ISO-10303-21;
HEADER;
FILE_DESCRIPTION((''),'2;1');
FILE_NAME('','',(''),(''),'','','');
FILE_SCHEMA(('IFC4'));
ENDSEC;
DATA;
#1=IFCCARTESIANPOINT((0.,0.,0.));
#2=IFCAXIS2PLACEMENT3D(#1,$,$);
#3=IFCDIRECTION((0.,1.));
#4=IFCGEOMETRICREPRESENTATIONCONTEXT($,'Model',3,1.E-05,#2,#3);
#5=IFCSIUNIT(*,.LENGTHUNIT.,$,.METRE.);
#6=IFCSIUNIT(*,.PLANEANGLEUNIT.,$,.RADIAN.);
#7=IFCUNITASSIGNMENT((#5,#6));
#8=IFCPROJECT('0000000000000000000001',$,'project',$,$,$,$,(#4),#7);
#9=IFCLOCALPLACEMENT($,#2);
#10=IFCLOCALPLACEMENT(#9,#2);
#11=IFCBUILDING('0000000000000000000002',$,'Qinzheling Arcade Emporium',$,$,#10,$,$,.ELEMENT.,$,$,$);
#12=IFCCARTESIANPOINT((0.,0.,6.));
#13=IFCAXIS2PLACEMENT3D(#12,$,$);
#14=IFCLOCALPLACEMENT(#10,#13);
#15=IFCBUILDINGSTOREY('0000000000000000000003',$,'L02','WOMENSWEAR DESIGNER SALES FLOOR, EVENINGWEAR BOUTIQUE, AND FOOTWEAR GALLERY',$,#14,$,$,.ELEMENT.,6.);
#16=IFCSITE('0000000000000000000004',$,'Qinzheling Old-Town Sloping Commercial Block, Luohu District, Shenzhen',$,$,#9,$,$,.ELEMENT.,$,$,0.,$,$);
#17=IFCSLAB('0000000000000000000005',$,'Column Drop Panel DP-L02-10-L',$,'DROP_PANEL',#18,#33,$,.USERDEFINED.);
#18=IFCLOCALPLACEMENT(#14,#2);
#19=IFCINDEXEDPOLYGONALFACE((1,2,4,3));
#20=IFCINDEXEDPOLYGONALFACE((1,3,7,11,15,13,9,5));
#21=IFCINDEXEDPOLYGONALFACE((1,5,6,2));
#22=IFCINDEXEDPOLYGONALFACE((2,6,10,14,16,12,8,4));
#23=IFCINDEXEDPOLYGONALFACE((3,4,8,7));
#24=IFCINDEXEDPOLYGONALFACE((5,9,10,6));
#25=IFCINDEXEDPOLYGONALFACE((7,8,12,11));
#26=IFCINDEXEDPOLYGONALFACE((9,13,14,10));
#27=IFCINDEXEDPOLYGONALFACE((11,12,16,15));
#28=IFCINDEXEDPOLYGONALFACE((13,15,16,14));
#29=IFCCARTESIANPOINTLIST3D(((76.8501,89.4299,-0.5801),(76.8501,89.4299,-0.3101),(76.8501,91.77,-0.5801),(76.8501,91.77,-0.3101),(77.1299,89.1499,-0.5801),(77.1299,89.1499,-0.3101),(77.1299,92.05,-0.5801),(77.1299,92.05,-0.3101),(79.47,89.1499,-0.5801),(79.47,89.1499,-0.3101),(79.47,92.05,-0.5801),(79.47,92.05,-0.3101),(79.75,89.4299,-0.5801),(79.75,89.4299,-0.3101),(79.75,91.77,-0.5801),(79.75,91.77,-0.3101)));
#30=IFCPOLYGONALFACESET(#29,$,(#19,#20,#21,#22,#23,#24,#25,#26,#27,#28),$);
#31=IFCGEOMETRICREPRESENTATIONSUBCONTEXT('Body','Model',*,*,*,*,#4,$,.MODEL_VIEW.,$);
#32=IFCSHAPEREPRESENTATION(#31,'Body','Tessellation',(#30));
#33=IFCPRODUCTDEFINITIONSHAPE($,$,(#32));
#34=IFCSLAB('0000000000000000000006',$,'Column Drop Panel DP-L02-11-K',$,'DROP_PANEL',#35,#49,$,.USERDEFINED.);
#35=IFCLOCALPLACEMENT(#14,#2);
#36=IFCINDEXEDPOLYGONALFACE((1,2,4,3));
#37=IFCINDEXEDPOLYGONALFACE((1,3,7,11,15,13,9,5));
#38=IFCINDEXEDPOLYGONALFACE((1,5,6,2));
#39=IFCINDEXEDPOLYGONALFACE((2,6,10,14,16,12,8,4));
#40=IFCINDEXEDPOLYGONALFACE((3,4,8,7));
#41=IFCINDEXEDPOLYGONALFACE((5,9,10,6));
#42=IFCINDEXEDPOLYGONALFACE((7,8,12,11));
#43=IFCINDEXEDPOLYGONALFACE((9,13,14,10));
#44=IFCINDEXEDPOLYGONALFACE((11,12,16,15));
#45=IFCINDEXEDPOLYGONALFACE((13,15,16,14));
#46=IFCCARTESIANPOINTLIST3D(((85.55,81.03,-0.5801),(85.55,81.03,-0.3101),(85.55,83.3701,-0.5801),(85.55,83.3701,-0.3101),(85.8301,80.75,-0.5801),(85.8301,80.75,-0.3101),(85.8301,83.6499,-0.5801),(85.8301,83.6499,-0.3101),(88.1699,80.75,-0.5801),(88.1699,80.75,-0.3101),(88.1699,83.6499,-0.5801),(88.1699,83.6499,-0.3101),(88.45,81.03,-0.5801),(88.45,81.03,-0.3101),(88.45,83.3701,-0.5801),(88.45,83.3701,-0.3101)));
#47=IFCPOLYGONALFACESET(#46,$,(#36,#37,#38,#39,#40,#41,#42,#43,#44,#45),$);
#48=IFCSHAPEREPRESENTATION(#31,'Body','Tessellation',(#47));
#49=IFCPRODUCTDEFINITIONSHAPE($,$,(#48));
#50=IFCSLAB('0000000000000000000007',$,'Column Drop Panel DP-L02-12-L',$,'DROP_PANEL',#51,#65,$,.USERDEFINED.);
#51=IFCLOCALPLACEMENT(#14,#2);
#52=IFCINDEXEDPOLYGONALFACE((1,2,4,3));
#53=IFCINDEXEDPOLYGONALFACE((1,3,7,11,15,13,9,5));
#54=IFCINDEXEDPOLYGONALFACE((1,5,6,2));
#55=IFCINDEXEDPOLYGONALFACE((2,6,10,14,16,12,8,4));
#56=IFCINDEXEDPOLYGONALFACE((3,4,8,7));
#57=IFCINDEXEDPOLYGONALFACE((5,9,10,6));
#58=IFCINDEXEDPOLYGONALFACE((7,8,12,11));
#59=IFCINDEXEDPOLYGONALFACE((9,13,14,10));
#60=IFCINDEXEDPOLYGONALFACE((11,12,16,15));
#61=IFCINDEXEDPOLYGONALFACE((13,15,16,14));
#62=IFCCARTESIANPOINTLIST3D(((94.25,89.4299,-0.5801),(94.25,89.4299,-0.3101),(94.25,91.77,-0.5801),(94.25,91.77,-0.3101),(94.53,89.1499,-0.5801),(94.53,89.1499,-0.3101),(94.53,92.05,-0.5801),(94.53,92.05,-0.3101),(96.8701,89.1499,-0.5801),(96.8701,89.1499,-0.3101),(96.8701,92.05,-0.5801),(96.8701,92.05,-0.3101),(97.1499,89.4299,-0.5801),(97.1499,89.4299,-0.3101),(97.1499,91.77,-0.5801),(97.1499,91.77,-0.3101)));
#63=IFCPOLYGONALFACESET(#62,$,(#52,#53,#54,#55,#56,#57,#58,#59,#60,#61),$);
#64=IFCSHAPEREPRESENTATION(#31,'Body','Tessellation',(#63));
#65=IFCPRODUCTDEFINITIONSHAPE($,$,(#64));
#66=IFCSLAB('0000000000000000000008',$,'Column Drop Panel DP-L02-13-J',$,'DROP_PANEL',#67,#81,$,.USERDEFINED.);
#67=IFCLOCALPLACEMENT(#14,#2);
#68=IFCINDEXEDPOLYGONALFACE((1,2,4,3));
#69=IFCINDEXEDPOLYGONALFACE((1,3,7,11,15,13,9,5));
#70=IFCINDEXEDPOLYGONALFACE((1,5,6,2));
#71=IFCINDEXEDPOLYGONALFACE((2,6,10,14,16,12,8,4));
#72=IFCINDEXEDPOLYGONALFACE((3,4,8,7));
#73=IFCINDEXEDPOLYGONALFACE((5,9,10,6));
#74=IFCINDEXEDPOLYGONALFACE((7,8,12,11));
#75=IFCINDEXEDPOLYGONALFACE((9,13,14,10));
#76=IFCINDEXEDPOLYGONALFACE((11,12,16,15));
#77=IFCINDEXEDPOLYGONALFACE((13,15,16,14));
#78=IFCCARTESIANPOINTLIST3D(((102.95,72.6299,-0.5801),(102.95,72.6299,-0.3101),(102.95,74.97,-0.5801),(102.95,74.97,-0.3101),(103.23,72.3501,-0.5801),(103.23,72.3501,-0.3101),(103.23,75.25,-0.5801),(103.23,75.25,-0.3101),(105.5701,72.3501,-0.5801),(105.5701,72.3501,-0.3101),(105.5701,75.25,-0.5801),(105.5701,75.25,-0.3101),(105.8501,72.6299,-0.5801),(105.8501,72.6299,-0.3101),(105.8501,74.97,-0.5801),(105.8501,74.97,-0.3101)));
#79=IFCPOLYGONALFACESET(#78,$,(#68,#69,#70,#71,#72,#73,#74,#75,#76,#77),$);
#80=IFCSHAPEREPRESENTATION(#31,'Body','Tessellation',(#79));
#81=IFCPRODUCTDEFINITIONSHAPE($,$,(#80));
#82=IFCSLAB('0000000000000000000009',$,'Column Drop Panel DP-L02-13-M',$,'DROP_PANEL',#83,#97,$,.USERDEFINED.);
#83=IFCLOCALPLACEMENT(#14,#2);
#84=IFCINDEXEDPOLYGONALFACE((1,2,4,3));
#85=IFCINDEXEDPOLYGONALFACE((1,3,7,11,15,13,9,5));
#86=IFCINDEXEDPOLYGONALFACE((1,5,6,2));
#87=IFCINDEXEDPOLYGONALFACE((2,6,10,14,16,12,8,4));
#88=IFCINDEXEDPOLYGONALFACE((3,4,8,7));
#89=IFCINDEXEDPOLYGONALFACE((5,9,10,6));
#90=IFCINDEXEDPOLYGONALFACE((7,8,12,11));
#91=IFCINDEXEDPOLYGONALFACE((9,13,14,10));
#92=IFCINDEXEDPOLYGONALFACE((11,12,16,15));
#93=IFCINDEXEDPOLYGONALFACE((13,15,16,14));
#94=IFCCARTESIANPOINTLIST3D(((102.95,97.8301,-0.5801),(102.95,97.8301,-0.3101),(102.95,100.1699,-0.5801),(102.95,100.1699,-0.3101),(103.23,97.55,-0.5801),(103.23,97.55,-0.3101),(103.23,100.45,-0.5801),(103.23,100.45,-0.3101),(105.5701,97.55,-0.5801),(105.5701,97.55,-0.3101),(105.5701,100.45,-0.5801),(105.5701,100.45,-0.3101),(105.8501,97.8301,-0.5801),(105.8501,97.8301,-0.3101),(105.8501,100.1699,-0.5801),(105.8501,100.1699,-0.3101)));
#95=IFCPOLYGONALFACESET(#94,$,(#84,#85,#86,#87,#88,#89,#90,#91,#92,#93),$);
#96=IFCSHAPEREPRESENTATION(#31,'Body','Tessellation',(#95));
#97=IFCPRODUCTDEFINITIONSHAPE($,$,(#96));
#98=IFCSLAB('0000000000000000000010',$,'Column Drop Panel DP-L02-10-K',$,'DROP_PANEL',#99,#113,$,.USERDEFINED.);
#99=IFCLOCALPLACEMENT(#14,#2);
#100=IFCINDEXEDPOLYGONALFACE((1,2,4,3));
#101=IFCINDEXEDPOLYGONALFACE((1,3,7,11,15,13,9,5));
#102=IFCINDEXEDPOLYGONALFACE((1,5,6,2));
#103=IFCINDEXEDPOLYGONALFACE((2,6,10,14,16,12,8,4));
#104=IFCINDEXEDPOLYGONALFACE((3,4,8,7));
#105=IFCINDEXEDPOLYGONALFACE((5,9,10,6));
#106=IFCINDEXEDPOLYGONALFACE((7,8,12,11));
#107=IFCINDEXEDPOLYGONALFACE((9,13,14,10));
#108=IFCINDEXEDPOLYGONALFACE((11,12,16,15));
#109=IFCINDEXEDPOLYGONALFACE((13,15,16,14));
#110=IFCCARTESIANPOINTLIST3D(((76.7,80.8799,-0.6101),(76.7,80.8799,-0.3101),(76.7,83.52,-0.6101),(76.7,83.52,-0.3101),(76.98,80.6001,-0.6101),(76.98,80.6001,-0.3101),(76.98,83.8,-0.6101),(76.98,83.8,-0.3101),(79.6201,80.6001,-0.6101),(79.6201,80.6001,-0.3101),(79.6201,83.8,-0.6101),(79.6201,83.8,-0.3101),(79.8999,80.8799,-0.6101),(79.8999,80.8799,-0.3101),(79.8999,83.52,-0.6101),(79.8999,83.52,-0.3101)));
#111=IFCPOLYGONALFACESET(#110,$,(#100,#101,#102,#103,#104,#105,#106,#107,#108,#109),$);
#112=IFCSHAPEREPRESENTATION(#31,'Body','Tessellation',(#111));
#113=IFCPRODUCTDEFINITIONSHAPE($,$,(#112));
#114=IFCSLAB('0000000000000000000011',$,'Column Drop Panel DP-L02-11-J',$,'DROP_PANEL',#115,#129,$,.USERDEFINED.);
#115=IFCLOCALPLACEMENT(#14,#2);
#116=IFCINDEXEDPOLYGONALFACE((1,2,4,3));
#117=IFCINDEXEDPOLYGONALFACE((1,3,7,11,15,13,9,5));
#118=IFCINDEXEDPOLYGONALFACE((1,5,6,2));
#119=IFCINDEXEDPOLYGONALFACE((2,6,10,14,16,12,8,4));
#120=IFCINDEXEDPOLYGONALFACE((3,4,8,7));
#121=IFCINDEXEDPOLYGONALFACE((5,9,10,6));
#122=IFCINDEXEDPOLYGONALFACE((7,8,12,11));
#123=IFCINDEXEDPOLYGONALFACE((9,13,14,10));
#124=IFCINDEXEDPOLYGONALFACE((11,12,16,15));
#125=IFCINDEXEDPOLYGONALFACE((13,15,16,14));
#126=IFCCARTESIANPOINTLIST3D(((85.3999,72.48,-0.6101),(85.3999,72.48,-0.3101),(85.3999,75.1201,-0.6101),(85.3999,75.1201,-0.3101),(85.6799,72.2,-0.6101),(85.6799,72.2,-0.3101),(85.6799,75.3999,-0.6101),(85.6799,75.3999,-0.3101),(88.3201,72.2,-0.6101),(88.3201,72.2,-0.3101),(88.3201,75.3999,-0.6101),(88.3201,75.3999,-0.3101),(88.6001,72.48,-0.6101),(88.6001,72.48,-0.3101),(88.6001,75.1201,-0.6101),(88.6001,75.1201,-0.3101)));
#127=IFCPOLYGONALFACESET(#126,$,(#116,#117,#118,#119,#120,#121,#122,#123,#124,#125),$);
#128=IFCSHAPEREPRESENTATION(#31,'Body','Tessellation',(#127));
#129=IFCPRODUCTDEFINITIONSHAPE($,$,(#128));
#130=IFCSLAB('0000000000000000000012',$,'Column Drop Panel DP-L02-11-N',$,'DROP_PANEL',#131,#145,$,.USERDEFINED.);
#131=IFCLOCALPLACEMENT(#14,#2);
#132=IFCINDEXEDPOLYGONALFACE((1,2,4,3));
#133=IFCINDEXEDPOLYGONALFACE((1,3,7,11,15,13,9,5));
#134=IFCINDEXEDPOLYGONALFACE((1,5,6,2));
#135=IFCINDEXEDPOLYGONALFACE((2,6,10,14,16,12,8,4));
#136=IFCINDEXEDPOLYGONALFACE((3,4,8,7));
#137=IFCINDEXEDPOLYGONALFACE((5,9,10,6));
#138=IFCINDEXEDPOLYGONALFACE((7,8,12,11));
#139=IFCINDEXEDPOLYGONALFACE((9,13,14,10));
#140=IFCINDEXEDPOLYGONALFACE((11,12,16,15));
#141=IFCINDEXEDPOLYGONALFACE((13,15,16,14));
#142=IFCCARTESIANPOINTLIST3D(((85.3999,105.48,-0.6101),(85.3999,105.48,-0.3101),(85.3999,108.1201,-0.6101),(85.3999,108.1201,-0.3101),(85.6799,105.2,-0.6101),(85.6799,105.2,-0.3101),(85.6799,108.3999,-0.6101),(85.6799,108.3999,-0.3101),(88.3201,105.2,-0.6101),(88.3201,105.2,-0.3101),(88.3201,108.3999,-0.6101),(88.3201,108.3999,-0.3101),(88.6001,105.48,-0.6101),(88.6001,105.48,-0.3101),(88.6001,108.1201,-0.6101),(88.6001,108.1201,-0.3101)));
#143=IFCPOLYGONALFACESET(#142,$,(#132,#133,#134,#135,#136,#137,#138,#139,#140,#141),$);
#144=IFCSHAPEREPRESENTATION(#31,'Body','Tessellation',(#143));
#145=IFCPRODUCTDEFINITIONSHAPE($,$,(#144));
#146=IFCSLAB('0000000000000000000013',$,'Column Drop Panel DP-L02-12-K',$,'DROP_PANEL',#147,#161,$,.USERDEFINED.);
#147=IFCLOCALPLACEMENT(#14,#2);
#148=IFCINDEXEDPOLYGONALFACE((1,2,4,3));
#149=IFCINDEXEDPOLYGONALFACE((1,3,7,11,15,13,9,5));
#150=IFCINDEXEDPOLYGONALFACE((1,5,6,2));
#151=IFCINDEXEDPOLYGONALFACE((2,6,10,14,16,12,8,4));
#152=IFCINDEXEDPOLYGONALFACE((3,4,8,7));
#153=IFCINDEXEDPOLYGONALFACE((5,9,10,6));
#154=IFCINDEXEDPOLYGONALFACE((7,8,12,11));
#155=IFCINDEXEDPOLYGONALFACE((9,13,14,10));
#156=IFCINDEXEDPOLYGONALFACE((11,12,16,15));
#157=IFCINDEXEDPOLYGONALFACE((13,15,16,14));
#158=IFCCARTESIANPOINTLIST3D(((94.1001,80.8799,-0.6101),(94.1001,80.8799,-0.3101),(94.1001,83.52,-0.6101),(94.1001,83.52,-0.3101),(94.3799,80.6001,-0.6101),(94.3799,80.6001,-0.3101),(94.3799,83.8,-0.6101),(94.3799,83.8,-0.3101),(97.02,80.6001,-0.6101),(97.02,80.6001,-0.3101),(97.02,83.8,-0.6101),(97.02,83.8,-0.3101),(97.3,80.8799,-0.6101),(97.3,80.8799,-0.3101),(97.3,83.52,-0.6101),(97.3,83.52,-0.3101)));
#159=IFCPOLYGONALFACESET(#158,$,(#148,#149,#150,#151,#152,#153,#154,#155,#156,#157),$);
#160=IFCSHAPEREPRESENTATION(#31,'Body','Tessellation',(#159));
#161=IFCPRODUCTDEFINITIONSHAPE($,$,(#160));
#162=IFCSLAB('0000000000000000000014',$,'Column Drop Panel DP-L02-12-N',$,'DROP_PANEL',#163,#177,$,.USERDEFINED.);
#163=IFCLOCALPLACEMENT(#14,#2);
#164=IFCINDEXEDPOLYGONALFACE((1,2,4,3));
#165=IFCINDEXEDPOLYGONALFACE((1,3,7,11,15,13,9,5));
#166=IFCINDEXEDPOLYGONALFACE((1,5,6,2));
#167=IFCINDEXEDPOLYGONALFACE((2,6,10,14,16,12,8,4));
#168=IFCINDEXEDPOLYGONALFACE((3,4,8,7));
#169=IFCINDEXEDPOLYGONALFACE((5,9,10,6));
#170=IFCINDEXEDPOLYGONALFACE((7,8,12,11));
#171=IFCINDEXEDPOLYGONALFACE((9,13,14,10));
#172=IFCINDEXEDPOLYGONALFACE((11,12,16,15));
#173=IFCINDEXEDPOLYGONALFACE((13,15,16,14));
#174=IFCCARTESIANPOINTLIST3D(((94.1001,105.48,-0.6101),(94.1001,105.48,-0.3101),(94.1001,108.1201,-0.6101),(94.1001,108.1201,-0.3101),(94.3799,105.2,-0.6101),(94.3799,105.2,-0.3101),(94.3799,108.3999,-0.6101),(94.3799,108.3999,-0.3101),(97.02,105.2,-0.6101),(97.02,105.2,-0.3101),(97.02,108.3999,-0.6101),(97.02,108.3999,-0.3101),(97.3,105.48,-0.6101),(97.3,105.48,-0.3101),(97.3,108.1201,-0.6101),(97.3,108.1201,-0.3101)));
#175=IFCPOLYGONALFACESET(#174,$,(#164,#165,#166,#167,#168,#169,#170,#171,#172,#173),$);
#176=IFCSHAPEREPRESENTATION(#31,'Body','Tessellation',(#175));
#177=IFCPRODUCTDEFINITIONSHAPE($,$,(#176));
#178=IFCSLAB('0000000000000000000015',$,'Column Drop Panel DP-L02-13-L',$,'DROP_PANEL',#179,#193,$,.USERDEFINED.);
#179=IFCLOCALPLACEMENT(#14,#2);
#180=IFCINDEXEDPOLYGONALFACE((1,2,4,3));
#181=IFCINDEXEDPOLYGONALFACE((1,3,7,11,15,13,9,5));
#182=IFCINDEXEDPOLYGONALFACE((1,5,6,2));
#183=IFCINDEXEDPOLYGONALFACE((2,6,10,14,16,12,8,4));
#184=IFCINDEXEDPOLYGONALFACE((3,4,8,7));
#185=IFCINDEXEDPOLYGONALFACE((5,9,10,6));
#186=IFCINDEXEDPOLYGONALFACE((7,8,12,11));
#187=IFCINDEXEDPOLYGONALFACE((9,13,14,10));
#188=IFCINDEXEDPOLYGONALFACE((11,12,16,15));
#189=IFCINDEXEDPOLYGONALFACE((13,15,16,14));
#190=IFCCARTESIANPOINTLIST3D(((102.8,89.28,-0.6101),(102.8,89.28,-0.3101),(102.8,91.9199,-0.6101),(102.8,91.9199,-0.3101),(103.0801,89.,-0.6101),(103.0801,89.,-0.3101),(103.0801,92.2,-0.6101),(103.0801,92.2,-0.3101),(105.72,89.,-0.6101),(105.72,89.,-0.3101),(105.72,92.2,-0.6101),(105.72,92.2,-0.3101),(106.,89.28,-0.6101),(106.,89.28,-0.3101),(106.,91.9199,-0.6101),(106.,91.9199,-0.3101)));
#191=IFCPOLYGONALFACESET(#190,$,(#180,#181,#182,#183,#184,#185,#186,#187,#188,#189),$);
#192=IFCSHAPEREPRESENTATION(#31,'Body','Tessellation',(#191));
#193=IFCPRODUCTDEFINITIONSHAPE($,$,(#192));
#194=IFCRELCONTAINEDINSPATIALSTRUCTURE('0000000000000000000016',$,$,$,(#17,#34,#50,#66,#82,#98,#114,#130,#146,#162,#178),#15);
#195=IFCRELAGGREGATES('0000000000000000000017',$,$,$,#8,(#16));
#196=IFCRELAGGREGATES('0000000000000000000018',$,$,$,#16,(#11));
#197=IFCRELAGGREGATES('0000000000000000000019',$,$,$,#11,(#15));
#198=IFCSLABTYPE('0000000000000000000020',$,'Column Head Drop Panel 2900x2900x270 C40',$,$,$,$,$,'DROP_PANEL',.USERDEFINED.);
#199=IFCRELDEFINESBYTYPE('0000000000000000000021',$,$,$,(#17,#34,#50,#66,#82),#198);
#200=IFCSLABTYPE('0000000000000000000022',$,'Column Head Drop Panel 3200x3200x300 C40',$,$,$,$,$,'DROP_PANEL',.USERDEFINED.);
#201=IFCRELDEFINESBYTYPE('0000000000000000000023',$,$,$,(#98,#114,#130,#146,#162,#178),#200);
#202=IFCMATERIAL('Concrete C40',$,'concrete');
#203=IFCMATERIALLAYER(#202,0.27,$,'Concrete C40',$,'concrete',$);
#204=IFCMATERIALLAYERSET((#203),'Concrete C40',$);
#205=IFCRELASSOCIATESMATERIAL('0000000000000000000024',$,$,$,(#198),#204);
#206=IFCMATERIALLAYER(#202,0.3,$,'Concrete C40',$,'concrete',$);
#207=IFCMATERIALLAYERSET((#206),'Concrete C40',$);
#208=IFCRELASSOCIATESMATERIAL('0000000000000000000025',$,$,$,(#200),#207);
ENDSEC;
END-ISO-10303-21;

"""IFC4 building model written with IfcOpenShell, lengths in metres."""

from ifc_helpers import new_model, si_unit, direction, frame, origin, place, context, subcontext, project, spatial, polyline, outline, extrude, material, layer, layer_set, type_object, element, save


model = new_model("IFC4")

# Units and contexts
model_context = context("Model", 3, precision=1e-05, world=origin(), true_north=direction((0.0, 1.0)))
body_context = subcontext(model_context, "Body", "Model", "MODEL_VIEW")
ifc_project = project(units=[si_unit("LENGTHUNIT", "METRE"), si_unit("PLANEANGLEUNIT", "RADIAN")], contexts=[model_context])

# Site, building, storey
site_placement = place(None, origin())
site = spatial("IfcSite", under=ifc_project, at=site_placement, Name="Qinzheling Old-Town Sloping Commercial Block, Luohu District, Shenzhen", CompositionType="ELEMENT", RefElevation=0.0)
building_placement = place(site_placement, origin())
building = spatial("IfcBuilding", under=site, at=building_placement, Name="Qinzheling Arcade Emporium", CompositionType="ELEMENT")
storey_placement = place(building_placement, frame((0.0, 0.0, 6.0)))
storey = spatial("IfcBuildingStorey", under=building, at=storey_placement, Name="L02", Description="WOMENSWEAR DESIGNER SALES FLOOR, EVENINGWEAR BOUTIQUE, AND FOOTWEAR GALLERY", CompositionType="ELEMENT", Elevation=6.0)

# Slabs
ifc_material = material(Name="Concrete C40", Category="concrete")
ifc_layer_1 = layer(ifc_material, 0.27, Name="Concrete C40", Category="concrete")
ifc_layer_set_1 = layer_set([ifc_layer_1], Name="Concrete C40")
slab_type_1 = type_object("IfcSlabType", Name="Column Head Drop Panel 2900x2900x270 C40", ElementType="DROP_PANEL", PredefinedType="USERDEFINED", material=ifc_layer_set_1)
slab_1_placement = place(storey_placement, frame((0.0, 0.0, -0.5801)))
element("IfcSlab", 1, at=slab_1_placement, inside=storey, type_object=slab_type_1, Name="Column Drop Panel DP-L02-10-L", ObjectType="DROP_PANEL", PredefinedType="USERDEFINED", context=body_context, shape_type="SweptSolid", body=[
    extrude(outline(polyline([(77.1299, 89.1499), (79.47, 89.1499), (79.75, 89.4299), (79.75, 91.77), (79.47, 92.05), (77.1299, 92.05), (76.8501, 91.77), (76.8501, 89.4299), (77.1299, 89.1499)])), origin(), (0.0, 0.0, 1.0), 0.27),
])
slab_2_placement = place(storey_placement, frame((0.0, 0.0, -0.5801)))
element("IfcSlab", 2, at=slab_2_placement, inside=storey, type_object=slab_type_1, Name="Column Drop Panel DP-L02-11-K", ObjectType="DROP_PANEL", PredefinedType="USERDEFINED", context=body_context, shape_type="SweptSolid", body=[
    extrude(outline(polyline([(85.8301, 80.75), (88.1699, 80.75), (88.45, 81.03), (88.45, 83.3701), (88.1699, 83.6499), (85.8301, 83.6499), (85.55, 83.3701), (85.55, 81.03), (85.8301, 80.75)])), origin(), (0.0, 0.0, 1.0), 0.27),
])
slab_3_placement = place(storey_placement, frame((0.0, 0.0, -0.5801)))
element("IfcSlab", 3, at=slab_3_placement, inside=storey, type_object=slab_type_1, Name="Column Drop Panel DP-L02-12-L", ObjectType="DROP_PANEL", PredefinedType="USERDEFINED", context=body_context, shape_type="SweptSolid", body=[
    extrude(outline(polyline([(94.53, 89.1499), (96.8701, 89.1499), (97.1499, 89.4299), (97.1499, 91.77), (96.8701, 92.05), (94.53, 92.05), (94.25, 91.77), (94.25, 89.4299), (94.53, 89.1499)])), origin(), (0.0, 0.0, 1.0), 0.27),
])
slab_4_placement = place(storey_placement, frame((0.0, 0.0, -0.5801)))
element("IfcSlab", 4, at=slab_4_placement, inside=storey, type_object=slab_type_1, Name="Column Drop Panel DP-L02-13-J", ObjectType="DROP_PANEL", PredefinedType="USERDEFINED", context=body_context, shape_type="SweptSolid", body=[
    extrude(outline(polyline([(103.23, 72.3501), (105.5701, 72.3501), (105.8501, 72.6299), (105.8501, 74.97), (105.5701, 75.25), (103.23, 75.25), (102.95, 74.97), (102.95, 72.6299), (103.23, 72.3501)])), origin(), (0.0, 0.0, 1.0), 0.27),
])
slab_5_placement = place(storey_placement, frame((0.0, 0.0, -0.5801)))
element("IfcSlab", 5, at=slab_5_placement, inside=storey, type_object=slab_type_1, Name="Column Drop Panel DP-L02-13-M", ObjectType="DROP_PANEL", PredefinedType="USERDEFINED", context=body_context, shape_type="SweptSolid", body=[
    extrude(outline(polyline([(103.23, 97.55), (105.5701, 97.55), (105.8501, 97.8301), (105.8501, 100.1699), (105.5701, 100.45), (103.23, 100.45), (102.95, 100.1699), (102.95, 97.8301), (103.23, 97.55)])), origin(), (0.0, 0.0, 1.0), 0.27),
])
ifc_layer_2 = layer(ifc_material, 0.3, Name="Concrete C40", Category="concrete")
ifc_layer_set_2 = layer_set([ifc_layer_2], Name="Concrete C40")
slab_type_2 = type_object("IfcSlabType", Name="Column Head Drop Panel 3200x3200x300 C40", ElementType="DROP_PANEL", PredefinedType="USERDEFINED", material=ifc_layer_set_2)
slab_6_placement = place(storey_placement, frame((0.0, 0.0, -0.6101)))
element("IfcSlab", 6, at=slab_6_placement, inside=storey, type_object=slab_type_2, Name="Column Drop Panel DP-L02-10-K", ObjectType="DROP_PANEL", PredefinedType="USERDEFINED", context=body_context, shape_type="SweptSolid", body=[
    extrude(outline(polyline([(76.98, 80.6001), (79.6201, 80.6001), (79.8999, 80.8799), (79.8999, 83.52), (79.6201, 83.8), (76.98, 83.8), (76.7, 83.52), (76.7, 80.8799), (76.98, 80.6001)])), origin(), (0.0, 0.0, 1.0), 0.3),
])
slab_7_placement = place(storey_placement, frame((0.0, 0.0, -0.6101)))
element("IfcSlab", 7, at=slab_7_placement, inside=storey, type_object=slab_type_2, Name="Column Drop Panel DP-L02-11-J", ObjectType="DROP_PANEL", PredefinedType="USERDEFINED", context=body_context, shape_type="SweptSolid", body=[
    extrude(outline(polyline([(85.6799, 72.2), (88.3201, 72.2), (88.6001, 72.48), (88.6001, 75.1201), (88.3201, 75.3999), (85.6799, 75.3999), (85.3999, 75.1201), (85.3999, 72.48), (85.6799, 72.2)])), origin(), (0.0, 0.0, 1.0), 0.3),
])
slab_8_placement = place(storey_placement, frame((0.0, 0.0, -0.6101)))
element("IfcSlab", 8, at=slab_8_placement, inside=storey, type_object=slab_type_2, Name="Column Drop Panel DP-L02-11-N", ObjectType="DROP_PANEL", PredefinedType="USERDEFINED", context=body_context, shape_type="SweptSolid", body=[
    extrude(outline(polyline([(85.6799, 105.2), (88.3201, 105.2), (88.6001, 105.48), (88.6001, 108.1201), (88.3201, 108.3999), (85.6799, 108.3999), (85.3999, 108.1201), (85.3999, 105.48), (85.6799, 105.2)])), origin(), (0.0, 0.0, 1.0), 0.3),
])
slab_9_placement = place(storey_placement, frame((0.0, 0.0, -0.6101)))
element("IfcSlab", 9, at=slab_9_placement, inside=storey, type_object=slab_type_2, Name="Column Drop Panel DP-L02-12-K", ObjectType="DROP_PANEL", PredefinedType="USERDEFINED", context=body_context, shape_type="SweptSolid", body=[
    extrude(outline(polyline([(94.3799, 80.6001), (97.02, 80.6001), (97.3, 80.8799), (97.3, 83.52), (97.02, 83.8), (94.3799, 83.8), (94.1001, 83.52), (94.1001, 80.8799), (94.3799, 80.6001)])), origin(), (0.0, 0.0, 1.0), 0.3),
])
slab_10_placement = place(storey_placement, frame((0.0, 0.0, -0.6101)))
element("IfcSlab", 10, at=slab_10_placement, inside=storey, type_object=slab_type_2, Name="Column Drop Panel DP-L02-12-N", ObjectType="DROP_PANEL", PredefinedType="USERDEFINED", context=body_context, shape_type="SweptSolid", body=[
    extrude(outline(polyline([(94.3799, 105.2), (97.02, 105.2), (97.3, 105.48), (97.3, 108.1201), (97.02, 108.3999), (94.3799, 108.3999), (94.1001, 108.1201), (94.1001, 105.48), (94.3799, 105.2)])), origin(), (0.0, 0.0, 1.0), 0.3),
])
slab_11_placement = place(storey_placement, frame((0.0, 0.0, -0.6101)))
element("IfcSlab", 11, at=slab_11_placement, inside=storey, type_object=slab_type_2, Name="Column Drop Panel DP-L02-13-L", ObjectType="DROP_PANEL", PredefinedType="USERDEFINED", context=body_context, shape_type="SweptSolid", body=[
    extrude(outline(polyline([(103.0801, 89.0), (105.72, 89.0), (106.0, 89.28), (106.0, 91.9199), (105.72, 92.2), (103.0801, 92.2), (102.8, 91.9199), (102.8, 89.28), (103.0801, 89.0)])), origin(), (0.0, 0.0, 1.0), 0.3),
])

save(model, "model.ifc")
